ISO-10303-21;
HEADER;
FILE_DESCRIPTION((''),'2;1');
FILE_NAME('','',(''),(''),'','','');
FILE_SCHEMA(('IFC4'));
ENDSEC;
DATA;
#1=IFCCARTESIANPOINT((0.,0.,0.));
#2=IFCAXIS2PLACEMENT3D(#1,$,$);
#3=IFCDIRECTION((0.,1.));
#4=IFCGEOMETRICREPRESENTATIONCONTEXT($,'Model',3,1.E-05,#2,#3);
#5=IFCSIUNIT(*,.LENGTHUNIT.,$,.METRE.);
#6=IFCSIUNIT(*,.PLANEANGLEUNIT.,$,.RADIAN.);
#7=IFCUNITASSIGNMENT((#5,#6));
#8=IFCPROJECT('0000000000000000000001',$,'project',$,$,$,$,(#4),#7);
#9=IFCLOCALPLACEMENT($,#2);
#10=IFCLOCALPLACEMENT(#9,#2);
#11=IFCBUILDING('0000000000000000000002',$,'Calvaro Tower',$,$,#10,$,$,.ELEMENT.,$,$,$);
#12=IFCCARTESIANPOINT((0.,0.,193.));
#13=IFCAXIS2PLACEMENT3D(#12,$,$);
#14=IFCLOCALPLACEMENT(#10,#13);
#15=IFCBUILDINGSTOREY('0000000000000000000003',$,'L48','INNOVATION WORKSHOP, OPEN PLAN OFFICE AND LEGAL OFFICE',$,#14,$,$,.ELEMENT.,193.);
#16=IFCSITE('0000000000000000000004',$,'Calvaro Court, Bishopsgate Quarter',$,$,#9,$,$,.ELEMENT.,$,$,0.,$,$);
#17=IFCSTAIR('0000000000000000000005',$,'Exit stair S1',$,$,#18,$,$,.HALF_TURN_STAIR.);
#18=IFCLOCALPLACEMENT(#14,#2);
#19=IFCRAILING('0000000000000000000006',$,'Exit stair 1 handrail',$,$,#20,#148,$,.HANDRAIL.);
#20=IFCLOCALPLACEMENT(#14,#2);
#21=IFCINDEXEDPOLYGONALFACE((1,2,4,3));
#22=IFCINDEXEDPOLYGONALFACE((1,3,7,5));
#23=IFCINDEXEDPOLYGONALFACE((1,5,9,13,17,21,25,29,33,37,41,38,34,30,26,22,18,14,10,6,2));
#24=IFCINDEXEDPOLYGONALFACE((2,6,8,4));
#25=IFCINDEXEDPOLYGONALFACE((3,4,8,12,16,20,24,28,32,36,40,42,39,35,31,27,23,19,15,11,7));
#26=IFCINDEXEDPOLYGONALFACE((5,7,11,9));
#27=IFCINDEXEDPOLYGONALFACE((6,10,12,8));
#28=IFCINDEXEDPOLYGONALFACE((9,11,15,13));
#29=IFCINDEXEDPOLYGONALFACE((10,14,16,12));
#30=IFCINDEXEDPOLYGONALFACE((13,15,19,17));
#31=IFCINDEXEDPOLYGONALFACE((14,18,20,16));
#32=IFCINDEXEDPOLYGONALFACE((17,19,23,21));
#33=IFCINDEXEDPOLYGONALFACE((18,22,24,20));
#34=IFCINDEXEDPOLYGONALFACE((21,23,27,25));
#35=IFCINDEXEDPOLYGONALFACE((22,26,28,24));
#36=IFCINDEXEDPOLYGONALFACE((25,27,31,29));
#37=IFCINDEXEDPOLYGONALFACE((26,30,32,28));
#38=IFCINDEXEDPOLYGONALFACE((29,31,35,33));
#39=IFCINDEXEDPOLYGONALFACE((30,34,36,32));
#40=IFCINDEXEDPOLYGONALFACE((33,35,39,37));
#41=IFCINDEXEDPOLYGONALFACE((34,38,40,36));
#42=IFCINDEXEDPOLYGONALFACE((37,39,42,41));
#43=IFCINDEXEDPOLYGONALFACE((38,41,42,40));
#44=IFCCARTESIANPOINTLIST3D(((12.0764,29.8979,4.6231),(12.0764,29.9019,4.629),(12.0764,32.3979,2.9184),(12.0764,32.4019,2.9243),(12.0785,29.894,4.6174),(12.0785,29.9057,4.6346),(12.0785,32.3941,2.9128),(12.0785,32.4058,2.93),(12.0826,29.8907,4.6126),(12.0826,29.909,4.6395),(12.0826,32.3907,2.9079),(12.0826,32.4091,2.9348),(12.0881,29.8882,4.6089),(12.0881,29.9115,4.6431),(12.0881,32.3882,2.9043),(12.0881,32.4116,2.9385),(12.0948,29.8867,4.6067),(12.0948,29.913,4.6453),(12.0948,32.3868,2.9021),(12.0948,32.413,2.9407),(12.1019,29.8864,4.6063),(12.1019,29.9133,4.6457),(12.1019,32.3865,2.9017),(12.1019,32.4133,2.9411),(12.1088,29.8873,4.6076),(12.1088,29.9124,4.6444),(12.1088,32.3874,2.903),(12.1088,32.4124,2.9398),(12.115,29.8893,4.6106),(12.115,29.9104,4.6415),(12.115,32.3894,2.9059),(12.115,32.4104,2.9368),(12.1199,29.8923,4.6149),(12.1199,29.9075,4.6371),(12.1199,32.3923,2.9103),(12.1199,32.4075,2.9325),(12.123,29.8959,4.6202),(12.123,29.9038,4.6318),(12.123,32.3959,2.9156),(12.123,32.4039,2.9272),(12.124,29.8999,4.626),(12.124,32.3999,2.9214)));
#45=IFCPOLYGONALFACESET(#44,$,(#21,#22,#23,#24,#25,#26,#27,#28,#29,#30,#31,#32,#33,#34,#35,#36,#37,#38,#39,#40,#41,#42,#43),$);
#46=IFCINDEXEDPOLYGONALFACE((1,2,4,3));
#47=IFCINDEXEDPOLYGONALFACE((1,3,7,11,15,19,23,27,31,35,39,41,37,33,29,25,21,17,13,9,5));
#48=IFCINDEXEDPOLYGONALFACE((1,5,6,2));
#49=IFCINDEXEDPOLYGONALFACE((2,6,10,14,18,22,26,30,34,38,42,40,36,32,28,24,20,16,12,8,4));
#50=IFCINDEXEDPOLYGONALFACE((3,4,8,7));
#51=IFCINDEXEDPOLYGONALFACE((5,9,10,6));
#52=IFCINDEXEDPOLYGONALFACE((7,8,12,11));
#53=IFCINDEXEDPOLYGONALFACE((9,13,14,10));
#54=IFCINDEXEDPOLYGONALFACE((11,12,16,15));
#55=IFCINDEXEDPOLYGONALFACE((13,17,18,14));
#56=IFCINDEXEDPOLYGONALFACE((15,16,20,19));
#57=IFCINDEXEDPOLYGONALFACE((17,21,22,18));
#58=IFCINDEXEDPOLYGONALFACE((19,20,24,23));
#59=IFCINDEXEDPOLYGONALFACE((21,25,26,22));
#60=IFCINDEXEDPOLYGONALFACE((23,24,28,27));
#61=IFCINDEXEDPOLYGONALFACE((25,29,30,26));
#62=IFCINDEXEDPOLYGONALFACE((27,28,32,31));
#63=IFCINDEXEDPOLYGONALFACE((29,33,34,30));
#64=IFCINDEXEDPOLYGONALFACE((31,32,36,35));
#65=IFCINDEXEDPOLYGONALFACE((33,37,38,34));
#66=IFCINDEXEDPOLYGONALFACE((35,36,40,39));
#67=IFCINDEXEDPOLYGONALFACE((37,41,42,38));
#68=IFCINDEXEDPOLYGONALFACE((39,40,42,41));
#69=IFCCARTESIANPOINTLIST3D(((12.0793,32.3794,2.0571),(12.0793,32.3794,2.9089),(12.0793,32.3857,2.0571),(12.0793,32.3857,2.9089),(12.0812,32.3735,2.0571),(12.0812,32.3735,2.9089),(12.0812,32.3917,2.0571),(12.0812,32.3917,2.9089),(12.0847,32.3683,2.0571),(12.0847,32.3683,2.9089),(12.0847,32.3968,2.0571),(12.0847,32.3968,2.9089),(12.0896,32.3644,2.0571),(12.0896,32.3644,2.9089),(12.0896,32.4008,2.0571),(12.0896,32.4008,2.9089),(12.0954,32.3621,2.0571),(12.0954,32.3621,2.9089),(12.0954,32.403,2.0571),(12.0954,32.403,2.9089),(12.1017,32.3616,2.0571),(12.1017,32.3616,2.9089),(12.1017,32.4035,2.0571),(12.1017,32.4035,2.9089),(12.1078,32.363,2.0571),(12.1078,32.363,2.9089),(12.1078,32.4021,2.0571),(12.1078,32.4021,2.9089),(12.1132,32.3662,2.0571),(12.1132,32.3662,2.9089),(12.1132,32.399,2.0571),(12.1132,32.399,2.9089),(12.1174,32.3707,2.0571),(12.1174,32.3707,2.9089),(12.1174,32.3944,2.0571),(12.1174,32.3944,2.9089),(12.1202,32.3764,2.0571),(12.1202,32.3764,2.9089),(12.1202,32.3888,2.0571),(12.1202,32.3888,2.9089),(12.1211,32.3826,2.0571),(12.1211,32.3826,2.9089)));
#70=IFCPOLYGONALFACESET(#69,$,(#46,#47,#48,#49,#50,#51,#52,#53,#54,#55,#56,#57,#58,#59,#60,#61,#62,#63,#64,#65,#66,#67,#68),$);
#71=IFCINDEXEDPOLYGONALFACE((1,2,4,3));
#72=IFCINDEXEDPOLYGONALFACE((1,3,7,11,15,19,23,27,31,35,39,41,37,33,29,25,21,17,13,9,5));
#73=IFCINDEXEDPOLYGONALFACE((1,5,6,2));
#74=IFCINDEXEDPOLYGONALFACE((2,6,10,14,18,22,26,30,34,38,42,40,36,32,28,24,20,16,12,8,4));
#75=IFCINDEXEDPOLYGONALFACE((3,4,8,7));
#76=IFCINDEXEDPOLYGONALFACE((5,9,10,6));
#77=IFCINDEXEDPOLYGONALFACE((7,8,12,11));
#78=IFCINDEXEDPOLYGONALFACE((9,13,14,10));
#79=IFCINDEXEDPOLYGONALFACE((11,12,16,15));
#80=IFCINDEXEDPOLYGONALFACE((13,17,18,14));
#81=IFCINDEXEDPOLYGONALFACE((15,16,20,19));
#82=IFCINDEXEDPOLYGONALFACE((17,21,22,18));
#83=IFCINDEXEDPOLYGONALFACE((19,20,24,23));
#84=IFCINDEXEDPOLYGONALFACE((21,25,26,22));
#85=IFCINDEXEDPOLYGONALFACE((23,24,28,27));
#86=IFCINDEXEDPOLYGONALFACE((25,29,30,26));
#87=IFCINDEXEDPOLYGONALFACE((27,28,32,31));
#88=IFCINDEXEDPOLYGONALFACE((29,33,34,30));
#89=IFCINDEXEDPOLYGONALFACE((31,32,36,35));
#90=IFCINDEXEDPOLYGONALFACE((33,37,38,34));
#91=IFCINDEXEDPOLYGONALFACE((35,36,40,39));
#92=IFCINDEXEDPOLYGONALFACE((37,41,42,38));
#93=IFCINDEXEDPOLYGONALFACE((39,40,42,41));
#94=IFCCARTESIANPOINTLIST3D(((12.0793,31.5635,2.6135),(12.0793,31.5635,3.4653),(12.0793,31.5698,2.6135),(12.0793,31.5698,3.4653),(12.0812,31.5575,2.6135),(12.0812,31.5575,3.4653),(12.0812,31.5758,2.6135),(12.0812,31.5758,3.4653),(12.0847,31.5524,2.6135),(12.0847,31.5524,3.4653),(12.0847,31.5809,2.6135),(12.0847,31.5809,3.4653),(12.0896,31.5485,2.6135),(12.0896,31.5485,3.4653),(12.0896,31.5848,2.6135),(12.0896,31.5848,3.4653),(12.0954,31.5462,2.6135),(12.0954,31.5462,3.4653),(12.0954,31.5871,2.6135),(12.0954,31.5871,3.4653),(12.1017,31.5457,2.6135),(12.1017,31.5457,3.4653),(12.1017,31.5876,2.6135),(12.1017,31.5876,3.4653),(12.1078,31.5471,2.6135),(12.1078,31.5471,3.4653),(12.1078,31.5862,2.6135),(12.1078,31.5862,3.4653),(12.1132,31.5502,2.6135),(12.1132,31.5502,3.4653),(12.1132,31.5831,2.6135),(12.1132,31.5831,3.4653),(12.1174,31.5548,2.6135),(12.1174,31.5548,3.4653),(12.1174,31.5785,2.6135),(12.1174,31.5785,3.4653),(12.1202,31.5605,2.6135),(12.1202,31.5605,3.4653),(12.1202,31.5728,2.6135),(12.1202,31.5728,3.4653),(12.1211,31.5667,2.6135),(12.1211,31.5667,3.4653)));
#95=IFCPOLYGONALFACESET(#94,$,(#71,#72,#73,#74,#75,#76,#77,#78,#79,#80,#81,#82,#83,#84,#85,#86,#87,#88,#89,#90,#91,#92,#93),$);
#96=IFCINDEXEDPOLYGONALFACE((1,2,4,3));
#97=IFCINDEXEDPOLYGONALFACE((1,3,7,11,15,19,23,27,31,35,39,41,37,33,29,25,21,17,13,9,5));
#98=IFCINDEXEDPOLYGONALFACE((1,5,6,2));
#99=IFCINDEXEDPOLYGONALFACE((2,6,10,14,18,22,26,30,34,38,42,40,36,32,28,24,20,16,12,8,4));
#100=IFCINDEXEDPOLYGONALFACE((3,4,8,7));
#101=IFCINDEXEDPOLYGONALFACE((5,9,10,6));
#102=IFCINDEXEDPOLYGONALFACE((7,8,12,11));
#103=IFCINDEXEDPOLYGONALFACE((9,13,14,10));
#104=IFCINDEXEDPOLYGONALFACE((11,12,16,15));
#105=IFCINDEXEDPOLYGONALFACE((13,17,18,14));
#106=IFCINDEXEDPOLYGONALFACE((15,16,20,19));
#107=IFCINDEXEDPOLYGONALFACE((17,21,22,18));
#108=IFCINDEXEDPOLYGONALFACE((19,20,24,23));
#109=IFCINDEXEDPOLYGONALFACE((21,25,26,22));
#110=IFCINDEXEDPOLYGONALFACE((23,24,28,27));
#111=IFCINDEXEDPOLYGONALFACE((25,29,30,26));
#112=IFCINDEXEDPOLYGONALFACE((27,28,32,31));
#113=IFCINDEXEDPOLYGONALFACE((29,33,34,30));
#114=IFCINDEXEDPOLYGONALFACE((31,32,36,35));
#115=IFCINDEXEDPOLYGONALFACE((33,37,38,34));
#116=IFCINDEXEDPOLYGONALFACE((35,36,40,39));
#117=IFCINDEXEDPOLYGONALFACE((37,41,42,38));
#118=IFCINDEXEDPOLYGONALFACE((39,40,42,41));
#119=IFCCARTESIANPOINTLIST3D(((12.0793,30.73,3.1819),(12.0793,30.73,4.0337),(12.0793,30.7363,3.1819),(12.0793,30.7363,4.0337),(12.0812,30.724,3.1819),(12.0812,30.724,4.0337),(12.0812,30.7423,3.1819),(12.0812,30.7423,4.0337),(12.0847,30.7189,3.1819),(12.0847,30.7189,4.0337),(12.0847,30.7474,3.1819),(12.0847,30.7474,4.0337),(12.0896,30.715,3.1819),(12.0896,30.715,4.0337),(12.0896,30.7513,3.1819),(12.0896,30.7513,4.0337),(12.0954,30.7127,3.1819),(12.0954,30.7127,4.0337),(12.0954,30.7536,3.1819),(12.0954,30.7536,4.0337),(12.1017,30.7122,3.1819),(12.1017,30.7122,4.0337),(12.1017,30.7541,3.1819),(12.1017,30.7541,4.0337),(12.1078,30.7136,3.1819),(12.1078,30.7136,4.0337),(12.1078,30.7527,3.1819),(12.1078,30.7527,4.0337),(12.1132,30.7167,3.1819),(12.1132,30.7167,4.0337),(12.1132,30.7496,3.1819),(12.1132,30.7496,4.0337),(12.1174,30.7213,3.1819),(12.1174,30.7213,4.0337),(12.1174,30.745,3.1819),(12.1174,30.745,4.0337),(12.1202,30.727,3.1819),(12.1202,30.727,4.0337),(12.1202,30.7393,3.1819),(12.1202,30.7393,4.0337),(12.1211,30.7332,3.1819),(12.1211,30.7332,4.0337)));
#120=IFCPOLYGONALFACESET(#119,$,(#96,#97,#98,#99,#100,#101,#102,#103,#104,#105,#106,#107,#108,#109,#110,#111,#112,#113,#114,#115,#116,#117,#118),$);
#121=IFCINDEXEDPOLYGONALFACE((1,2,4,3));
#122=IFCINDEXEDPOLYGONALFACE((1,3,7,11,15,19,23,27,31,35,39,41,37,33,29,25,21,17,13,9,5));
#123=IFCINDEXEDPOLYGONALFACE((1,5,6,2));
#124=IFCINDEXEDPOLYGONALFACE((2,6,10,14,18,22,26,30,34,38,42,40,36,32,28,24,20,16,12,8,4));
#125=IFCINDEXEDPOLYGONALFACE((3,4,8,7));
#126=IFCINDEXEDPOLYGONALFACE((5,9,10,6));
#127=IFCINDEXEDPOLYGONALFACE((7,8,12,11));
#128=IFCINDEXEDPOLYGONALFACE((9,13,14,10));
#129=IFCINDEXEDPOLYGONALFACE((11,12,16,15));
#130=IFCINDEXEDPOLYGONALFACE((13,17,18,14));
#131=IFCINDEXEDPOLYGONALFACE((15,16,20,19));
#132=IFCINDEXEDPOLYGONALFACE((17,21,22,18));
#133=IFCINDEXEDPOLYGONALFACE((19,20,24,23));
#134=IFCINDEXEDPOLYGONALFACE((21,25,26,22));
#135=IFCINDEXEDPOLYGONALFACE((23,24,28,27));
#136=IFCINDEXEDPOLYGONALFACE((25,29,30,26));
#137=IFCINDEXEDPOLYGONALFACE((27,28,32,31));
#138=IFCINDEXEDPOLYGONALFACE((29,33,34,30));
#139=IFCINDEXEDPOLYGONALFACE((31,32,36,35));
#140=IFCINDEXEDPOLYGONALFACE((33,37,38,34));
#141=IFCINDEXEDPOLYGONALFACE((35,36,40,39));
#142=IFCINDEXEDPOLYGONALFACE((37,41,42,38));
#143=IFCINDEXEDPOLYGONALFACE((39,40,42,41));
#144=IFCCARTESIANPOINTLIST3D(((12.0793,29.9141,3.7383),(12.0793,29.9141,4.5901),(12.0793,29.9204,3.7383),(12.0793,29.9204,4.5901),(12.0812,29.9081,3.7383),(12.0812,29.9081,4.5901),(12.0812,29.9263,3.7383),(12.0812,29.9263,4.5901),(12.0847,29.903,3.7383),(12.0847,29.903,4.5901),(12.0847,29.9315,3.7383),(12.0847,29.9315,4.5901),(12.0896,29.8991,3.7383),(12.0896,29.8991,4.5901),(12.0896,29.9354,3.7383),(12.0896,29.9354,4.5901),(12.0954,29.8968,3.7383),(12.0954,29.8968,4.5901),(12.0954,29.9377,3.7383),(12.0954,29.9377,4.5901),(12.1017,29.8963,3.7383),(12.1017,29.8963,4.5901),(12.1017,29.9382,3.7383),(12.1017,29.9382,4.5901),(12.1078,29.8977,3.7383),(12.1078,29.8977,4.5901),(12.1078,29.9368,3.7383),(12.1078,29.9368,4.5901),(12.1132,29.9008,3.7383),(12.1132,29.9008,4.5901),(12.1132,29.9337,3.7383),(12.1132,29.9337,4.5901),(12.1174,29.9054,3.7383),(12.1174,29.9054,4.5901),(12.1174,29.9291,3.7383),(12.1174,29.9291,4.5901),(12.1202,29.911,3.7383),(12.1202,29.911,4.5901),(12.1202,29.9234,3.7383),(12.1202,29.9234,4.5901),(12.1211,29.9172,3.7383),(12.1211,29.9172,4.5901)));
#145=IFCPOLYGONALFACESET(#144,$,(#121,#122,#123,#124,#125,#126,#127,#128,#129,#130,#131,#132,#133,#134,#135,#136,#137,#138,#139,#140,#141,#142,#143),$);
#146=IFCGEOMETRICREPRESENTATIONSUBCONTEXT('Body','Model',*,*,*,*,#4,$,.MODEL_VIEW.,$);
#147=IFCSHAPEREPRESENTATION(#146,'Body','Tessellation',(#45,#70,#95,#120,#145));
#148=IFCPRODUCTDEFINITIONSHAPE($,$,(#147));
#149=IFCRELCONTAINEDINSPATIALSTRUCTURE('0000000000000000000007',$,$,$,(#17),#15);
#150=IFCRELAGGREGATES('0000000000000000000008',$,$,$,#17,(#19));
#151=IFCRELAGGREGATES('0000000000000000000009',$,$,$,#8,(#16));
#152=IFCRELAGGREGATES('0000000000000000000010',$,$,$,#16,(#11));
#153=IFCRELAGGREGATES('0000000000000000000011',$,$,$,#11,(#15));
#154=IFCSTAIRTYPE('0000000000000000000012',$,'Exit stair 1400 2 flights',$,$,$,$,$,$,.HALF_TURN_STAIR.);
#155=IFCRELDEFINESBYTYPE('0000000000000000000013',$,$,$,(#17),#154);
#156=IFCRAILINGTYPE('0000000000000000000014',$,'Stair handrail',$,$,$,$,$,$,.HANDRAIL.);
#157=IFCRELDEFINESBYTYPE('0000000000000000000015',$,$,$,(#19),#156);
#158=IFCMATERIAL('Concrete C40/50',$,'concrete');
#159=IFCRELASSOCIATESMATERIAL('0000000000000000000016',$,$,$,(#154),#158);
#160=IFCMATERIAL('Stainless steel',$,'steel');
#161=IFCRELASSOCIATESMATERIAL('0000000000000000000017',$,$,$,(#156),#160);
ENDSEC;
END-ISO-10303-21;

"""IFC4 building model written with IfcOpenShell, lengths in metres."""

from ifc_helpers import new_model, si_unit, direction, frame, origin, origin_2d, place, context, subcontext, project, spatial, circle, extrude, material, type_object, element, aggregate, save


model = new_model("IFC4")

# Units and contexts
model_context = context("Model", 3, precision=1e-05, world=origin(), true_north=direction((0.0, 1.0)))
body_context = subcontext(model_context, "Body", "Model", "MODEL_VIEW")
ifc_project = project(units=[si_unit("LENGTHUNIT", "METRE"), si_unit("PLANEANGLEUNIT", "RADIAN")], contexts=[model_context])

# Site, building, storey
site_placement = place(None, origin())
site = spatial("IfcSite", under=ifc_project, at=site_placement, Name="Calvaro Court, Bishopsgate Quarter", CompositionType="ELEMENT", RefElevation=0.0)
building_placement = place(site_placement, origin())
building = spatial("IfcBuilding", under=site, at=building_placement, Name="Calvaro Tower", CompositionType="ELEMENT")
storey_placement = place(building_placement, frame((0.0, 0.0, 193.0)))
storey = spatial("IfcBuildingStorey", under=building, at=storey_placement, Name="L48", Description="INNOVATION WORKSHOP, OPEN PLAN OFFICE AND LEGAL OFFICE", CompositionType="ELEMENT", Elevation=193.0)

# Stair, railing
ifc_material_1 = material(Name="Concrete C40/50", Category="concrete")
stair_type = type_object("IfcStairType", Name="Exit stair 1400 2 flights", PredefinedType="HALF_TURN_STAIR", material=ifc_material_1)
stair_placement = place(storey_placement, origin())
stair = element("IfcStair", 1, at=stair_placement, inside=storey, type_object=stair_type, Name="Exit stair S1", PredefinedType="HALF_TURN_STAIR")
ifc_material_2 = material(Name="Stainless steel", Category="steel")
railing_type = type_object("IfcRailingType", Name="Stair handrail", PredefinedType="HANDRAIL", material=ifc_material_2)
railing_placement = place(storey_placement, frame((12.1001, 32.3999, 2.0454)))
railing = element("IfcRailing", 2, at=railing_placement, type_object=railing_type, Name="Exit stair 1 handrail", PredefinedType="HANDRAIL", context=body_context, shape_type="SweptSolid", body=[
    extrude(circle(Radius=0.0239, at=origin_2d()), frame((0.0, 0.0, 0.876), z_axis=(0.0, -0.826221, 0.563347), x_axis=(1.0, 0.0, 0.0)), (0.0, 0.0, 1.0), 3.0259),
    extrude(circle(Radius=0.021, at=origin_2d()), frame((0.0, -0.0173, 0.0117)), (0.0, 0.0, 1.0), 0.8518),
    extrude(circle(Radius=0.021, at=origin_2d()), frame((0.0, -0.8333, 0.5681)), (0.0, 0.0, 1.0), 0.8518),
    extrude(circle(Radius=0.021, at=origin_2d()), frame((0.0, -1.6667, 1.1365)), (0.0, 0.0, 1.0), 0.8518),
    extrude(circle(Radius=0.021, at=origin_2d()), frame((0.0, -2.4827, 1.6929)), (0.0, 0.0, 1.0), 0.8518),
])
aggregate(stair, [railing])

save(model, "model.ifc")
